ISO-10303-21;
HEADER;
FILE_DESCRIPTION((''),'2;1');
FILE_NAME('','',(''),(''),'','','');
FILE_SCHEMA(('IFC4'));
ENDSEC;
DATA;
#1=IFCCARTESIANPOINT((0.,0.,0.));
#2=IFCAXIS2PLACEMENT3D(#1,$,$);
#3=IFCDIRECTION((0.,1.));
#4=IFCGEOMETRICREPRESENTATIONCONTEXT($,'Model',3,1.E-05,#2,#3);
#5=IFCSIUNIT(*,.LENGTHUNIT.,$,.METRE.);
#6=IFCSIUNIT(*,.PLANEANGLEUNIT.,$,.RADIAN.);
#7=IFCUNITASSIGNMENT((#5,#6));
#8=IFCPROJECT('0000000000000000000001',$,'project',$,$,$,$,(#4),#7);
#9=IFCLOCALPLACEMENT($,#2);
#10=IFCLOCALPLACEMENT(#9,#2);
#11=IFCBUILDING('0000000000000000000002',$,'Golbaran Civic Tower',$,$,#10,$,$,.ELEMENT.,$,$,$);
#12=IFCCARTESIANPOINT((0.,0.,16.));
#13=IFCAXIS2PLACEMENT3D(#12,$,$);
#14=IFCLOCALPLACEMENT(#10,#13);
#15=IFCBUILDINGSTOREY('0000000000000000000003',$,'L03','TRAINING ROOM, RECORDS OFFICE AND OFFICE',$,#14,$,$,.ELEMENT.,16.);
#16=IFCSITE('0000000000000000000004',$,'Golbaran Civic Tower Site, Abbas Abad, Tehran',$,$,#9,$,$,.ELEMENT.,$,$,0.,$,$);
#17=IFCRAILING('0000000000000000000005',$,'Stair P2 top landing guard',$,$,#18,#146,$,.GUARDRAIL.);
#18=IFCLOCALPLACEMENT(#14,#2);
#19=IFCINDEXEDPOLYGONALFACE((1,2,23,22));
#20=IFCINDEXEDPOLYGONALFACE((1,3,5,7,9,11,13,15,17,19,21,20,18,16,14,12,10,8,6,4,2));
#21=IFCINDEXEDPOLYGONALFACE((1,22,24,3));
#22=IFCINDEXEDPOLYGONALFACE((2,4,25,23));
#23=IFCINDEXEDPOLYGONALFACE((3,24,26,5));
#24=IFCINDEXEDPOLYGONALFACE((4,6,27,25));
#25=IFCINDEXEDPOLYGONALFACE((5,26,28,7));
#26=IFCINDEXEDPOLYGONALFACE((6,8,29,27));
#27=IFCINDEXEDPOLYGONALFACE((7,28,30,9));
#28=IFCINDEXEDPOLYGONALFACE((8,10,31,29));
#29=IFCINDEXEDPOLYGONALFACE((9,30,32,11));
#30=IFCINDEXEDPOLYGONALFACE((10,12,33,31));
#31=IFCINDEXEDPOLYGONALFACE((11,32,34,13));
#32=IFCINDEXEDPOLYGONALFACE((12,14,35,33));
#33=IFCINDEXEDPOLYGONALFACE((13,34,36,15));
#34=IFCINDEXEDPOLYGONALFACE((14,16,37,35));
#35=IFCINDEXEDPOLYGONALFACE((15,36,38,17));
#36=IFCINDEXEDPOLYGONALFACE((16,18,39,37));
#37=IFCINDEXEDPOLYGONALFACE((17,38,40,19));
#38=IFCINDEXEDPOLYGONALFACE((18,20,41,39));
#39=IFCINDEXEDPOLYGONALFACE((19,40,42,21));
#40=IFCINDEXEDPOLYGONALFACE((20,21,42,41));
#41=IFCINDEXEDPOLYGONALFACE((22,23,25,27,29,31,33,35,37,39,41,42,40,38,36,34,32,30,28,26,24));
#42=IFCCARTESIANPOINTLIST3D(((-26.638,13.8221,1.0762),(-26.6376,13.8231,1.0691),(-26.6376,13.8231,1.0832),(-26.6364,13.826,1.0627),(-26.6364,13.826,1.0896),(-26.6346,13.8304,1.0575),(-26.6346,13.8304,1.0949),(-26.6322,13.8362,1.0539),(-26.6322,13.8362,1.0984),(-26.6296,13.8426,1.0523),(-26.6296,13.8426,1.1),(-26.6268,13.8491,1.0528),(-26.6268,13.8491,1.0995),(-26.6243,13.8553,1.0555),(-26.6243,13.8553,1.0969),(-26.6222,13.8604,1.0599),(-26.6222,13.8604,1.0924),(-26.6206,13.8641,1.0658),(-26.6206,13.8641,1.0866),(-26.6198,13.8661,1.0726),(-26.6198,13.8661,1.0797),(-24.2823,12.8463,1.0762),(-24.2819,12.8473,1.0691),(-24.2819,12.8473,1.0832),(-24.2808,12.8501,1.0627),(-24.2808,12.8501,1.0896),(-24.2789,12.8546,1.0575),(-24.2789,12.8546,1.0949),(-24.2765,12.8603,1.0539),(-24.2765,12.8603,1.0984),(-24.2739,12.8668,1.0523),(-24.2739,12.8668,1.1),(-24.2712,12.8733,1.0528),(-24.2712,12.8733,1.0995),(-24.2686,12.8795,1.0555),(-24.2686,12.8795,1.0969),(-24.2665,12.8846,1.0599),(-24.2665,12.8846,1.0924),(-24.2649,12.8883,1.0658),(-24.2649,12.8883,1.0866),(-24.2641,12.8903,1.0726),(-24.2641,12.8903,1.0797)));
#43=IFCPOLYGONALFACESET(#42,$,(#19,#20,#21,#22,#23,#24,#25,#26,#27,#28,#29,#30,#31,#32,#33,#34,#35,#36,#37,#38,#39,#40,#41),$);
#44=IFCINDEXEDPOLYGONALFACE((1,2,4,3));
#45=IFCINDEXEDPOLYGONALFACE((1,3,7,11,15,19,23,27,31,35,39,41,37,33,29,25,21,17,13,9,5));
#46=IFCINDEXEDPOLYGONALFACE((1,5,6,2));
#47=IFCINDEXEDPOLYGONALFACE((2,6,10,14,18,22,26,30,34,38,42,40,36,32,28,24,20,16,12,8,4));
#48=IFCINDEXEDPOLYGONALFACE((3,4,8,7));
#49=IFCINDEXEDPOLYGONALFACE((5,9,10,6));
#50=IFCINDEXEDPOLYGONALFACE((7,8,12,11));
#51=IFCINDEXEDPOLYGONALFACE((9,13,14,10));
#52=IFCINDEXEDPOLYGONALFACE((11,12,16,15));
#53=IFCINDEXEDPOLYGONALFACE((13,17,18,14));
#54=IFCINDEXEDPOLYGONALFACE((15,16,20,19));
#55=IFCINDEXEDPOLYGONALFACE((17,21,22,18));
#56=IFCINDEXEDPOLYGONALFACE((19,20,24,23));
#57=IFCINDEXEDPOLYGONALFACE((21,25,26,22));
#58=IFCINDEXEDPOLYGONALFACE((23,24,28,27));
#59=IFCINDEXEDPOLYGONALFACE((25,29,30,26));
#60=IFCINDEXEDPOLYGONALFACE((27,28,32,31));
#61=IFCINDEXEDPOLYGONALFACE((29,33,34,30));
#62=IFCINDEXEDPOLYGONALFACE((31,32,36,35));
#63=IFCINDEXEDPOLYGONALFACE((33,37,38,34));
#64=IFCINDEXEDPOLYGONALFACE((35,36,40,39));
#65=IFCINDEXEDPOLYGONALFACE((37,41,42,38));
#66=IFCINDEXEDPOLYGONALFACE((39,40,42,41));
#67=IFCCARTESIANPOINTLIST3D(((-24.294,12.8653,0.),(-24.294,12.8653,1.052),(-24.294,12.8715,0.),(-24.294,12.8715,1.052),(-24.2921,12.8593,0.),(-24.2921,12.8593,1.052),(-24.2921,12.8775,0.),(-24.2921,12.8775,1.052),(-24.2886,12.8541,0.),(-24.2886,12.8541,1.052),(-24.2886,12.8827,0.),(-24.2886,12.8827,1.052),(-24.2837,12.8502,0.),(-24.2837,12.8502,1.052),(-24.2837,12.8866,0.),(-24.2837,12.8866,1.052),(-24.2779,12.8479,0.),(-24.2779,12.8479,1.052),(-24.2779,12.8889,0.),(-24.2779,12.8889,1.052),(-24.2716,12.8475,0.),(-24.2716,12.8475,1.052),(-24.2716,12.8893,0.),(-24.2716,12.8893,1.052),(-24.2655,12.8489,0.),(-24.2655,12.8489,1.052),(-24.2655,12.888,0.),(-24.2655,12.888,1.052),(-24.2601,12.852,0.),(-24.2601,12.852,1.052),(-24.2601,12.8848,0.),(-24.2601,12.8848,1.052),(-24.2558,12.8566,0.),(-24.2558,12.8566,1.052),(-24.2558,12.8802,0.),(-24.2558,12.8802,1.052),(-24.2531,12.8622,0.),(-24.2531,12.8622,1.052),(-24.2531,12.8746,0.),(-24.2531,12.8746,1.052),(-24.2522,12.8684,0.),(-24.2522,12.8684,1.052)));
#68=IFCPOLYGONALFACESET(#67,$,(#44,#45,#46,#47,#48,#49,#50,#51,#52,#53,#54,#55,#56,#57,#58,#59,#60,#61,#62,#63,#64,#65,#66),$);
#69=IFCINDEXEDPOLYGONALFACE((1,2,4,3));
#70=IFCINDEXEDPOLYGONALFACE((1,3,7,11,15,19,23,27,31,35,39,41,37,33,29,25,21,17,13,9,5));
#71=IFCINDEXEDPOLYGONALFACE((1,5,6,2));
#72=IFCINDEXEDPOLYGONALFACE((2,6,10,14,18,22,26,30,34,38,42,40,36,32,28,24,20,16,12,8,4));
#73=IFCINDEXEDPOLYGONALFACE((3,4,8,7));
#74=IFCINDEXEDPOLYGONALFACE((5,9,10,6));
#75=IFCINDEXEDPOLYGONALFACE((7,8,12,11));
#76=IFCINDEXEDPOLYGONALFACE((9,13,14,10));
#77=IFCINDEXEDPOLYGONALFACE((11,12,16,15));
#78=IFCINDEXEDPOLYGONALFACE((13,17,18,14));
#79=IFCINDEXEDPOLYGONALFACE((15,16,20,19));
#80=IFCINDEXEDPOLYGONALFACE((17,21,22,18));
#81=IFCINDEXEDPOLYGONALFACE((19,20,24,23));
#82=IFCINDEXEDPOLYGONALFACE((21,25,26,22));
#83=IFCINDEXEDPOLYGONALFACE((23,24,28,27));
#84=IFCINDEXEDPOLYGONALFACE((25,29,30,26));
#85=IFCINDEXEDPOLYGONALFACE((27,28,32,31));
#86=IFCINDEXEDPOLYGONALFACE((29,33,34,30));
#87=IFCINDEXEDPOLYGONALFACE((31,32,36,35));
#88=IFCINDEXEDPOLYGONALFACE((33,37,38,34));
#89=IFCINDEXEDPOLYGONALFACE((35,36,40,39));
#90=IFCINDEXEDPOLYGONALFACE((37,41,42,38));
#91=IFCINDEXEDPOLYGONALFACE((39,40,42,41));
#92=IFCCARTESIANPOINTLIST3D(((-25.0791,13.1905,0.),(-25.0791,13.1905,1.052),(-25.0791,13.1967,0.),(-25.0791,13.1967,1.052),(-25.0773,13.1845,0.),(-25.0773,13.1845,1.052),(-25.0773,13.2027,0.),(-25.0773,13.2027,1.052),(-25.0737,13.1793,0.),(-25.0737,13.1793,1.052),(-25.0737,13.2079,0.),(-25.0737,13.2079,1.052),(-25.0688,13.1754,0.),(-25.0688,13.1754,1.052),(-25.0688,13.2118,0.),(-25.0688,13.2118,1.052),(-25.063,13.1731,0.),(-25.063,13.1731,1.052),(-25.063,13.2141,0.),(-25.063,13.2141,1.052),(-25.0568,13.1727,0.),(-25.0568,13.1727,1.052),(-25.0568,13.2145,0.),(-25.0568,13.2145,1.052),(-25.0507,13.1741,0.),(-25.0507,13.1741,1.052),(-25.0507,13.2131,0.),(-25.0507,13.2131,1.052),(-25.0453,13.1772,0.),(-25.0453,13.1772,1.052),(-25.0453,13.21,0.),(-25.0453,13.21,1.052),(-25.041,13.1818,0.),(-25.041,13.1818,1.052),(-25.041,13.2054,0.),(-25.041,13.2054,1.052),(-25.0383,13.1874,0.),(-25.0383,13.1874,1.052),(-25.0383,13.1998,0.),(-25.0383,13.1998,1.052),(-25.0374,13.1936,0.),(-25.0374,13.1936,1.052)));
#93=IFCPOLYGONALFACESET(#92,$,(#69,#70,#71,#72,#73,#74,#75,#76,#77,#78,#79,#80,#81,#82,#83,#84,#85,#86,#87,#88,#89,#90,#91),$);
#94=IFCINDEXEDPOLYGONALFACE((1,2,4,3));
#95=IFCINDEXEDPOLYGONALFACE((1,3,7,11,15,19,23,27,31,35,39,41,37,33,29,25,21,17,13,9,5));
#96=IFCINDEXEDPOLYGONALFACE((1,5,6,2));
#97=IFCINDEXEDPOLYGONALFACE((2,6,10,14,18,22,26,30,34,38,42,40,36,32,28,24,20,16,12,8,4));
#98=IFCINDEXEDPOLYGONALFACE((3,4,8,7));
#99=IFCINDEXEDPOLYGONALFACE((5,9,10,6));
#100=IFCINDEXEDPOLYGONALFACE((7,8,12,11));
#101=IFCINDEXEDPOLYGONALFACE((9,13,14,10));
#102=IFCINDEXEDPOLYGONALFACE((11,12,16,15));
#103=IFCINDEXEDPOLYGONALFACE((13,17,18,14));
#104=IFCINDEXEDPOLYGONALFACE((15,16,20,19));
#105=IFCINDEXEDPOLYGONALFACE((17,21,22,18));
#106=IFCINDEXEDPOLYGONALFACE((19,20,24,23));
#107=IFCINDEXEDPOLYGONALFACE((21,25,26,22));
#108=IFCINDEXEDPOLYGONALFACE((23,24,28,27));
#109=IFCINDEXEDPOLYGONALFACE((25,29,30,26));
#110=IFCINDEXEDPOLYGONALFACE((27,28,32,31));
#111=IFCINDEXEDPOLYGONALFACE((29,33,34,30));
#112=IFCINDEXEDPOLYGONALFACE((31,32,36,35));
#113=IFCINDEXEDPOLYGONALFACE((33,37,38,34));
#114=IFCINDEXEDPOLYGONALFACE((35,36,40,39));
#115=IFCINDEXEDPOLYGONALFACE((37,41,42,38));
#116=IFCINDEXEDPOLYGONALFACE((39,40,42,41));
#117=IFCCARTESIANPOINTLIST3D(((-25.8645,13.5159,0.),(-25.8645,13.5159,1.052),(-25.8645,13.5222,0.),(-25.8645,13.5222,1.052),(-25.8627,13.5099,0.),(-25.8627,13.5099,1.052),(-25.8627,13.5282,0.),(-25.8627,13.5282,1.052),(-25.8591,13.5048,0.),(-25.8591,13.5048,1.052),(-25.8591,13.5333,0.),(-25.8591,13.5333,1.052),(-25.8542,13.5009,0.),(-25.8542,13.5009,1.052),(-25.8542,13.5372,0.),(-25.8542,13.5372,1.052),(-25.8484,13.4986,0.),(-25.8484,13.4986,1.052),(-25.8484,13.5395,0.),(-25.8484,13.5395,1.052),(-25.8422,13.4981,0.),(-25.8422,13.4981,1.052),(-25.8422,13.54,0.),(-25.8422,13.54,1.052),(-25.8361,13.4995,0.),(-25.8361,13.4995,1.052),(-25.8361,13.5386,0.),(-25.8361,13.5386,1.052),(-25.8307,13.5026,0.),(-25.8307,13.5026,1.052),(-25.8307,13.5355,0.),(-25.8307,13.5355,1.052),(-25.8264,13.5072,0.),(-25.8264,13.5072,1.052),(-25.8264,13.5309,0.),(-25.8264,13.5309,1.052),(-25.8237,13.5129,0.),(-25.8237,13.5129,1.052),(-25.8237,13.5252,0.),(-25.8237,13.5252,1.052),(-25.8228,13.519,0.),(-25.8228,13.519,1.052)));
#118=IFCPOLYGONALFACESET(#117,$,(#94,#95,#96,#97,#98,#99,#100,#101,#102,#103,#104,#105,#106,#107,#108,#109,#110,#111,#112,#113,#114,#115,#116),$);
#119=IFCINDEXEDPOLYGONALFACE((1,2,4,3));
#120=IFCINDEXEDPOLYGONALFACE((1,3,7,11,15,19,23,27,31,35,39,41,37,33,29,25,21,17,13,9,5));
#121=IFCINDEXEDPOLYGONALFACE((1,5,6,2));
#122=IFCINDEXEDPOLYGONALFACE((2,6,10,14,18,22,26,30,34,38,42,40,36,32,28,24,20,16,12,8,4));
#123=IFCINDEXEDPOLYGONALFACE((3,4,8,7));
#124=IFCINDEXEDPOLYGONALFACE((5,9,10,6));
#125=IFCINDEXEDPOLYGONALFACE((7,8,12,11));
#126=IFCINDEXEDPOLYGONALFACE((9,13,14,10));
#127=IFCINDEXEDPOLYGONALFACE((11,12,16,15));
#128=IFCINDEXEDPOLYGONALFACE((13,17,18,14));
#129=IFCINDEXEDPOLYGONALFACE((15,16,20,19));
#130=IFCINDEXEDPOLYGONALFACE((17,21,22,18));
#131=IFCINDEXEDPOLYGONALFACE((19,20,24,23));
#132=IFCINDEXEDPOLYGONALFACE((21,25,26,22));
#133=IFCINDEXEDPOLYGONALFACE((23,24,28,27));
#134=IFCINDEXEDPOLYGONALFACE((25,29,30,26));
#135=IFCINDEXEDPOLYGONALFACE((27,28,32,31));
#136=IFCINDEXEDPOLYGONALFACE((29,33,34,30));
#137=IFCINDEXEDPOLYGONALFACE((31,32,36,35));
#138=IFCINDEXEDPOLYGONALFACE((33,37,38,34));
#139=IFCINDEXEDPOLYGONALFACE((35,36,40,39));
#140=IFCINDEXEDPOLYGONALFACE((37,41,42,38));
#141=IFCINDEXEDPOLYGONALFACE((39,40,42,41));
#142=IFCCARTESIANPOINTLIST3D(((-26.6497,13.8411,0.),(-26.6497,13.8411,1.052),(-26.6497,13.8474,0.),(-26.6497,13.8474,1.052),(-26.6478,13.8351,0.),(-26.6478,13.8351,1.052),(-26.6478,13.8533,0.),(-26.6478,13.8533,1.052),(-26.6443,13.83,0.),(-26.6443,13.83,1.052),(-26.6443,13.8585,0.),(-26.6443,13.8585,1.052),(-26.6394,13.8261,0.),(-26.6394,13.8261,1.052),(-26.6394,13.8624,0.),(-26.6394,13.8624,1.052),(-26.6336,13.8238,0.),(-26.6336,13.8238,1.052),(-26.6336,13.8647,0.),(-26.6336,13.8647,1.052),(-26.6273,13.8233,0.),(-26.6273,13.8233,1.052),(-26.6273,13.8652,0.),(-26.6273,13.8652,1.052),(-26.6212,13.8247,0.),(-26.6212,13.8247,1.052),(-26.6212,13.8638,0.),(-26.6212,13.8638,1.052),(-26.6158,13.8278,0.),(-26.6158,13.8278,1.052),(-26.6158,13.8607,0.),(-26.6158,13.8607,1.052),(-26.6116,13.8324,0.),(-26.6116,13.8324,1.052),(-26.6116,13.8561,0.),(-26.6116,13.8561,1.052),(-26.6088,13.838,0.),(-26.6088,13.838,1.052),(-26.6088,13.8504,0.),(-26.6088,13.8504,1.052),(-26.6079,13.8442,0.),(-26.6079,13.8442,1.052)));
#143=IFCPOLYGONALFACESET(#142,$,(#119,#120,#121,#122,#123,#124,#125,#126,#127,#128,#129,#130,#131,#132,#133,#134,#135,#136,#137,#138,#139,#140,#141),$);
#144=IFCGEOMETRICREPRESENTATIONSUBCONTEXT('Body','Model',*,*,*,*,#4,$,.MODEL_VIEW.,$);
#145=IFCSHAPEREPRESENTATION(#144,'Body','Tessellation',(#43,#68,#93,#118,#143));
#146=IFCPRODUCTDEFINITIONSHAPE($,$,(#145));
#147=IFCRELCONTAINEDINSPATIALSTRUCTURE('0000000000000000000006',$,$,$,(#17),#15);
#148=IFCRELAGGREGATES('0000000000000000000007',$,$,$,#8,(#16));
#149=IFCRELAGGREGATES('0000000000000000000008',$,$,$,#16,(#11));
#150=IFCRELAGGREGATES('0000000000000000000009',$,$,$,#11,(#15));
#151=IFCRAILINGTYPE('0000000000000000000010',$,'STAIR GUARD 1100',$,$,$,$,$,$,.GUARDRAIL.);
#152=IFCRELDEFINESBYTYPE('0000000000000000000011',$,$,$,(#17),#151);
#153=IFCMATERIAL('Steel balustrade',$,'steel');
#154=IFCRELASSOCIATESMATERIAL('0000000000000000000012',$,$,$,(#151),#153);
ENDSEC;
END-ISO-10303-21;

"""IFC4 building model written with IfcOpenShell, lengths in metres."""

from ifc_helpers import new_model, si_unit, direction, frame, origin, origin_2d, place, context, subcontext, project, spatial, circle, extrude, material, type_object, element, save


model = new_model("IFC4")

# Units and contexts
model_context = context("Model", 3, precision=1e-05, world=origin(), true_north=direction((0.0, 1.0)))
body_context = subcontext(model_context, "Body", "Model", "MODEL_VIEW")
ifc_project = project(units=[si_unit("LENGTHUNIT", "METRE"), si_unit("PLANEANGLEUNIT", "RADIAN")], contexts=[model_context])

# Site, building, storey
site_placement = place(None, origin())
site = spatial("IfcSite", under=ifc_project, at=site_placement, Name="Golbaran Civic Tower Site, Abbas Abad, Tehran", CompositionType="ELEMENT", RefElevation=0.0)
building_placement = place(site_placement, origin())
building = spatial("IfcBuilding", under=site, at=building_placement, Name="Golbaran Civic Tower", CompositionType="ELEMENT")
storey_placement = place(building_placement, frame((0.0, 0.0, 16.0)))
storey = spatial("IfcBuildingStorey", under=building, at=storey_placement, Name="L03", Description="TRAINING ROOM, RECORDS OFFICE AND OFFICE", CompositionType="ELEMENT", Elevation=16.0)

# Railing
ifc_material_1 = material(Name="Steel balustrade", Category="steel")
railing_type = type_object("IfcRailingType", Name="STAIR GUARD 1100", PredefinedType="GUARDRAIL", material=ifc_material_1)
railing_placement = place(storey_placement, frame((-24.2732, 12.8684, 0.0)))
element("IfcRailing", 1, at=railing_placement, inside=storey, type_object=railing_type, Name="Stair P2 top landing guard", PredefinedType="GUARDRAIL", context=body_context, shape_type="SweptSolid", body=[
    extrude(circle(Radius=0.0239, at=origin_2d()), frame((0.0, 0.0, 1.0762), z_axis=(-0.923871, 0.382704, 0.0), x_axis=(-0.382704, -0.923871, 0.0)), (0.0, 0.0, 1.0), 2.5498),
    extrude(circle(Radius=0.021, at=origin_2d()), origin(), (0.0, 0.0, 1.0), 1.052),
    extrude(circle(Radius=0.021, at=origin_2d()), frame((-0.7852, 0.3252, 0.0)), (0.0, 0.0, 1.0), 1.052),
    extrude(circle(Radius=0.021, at=origin_2d()), frame((-1.5706, 0.6506, 0.0)), (0.0, 0.0, 1.0), 1.052),
    extrude(circle(Radius=0.021, at=origin_2d()), frame((-2.3557, 0.9758, 0.0)), (0.0, 0.0, 1.0), 1.052),
])

save(model, "model.ifc")
